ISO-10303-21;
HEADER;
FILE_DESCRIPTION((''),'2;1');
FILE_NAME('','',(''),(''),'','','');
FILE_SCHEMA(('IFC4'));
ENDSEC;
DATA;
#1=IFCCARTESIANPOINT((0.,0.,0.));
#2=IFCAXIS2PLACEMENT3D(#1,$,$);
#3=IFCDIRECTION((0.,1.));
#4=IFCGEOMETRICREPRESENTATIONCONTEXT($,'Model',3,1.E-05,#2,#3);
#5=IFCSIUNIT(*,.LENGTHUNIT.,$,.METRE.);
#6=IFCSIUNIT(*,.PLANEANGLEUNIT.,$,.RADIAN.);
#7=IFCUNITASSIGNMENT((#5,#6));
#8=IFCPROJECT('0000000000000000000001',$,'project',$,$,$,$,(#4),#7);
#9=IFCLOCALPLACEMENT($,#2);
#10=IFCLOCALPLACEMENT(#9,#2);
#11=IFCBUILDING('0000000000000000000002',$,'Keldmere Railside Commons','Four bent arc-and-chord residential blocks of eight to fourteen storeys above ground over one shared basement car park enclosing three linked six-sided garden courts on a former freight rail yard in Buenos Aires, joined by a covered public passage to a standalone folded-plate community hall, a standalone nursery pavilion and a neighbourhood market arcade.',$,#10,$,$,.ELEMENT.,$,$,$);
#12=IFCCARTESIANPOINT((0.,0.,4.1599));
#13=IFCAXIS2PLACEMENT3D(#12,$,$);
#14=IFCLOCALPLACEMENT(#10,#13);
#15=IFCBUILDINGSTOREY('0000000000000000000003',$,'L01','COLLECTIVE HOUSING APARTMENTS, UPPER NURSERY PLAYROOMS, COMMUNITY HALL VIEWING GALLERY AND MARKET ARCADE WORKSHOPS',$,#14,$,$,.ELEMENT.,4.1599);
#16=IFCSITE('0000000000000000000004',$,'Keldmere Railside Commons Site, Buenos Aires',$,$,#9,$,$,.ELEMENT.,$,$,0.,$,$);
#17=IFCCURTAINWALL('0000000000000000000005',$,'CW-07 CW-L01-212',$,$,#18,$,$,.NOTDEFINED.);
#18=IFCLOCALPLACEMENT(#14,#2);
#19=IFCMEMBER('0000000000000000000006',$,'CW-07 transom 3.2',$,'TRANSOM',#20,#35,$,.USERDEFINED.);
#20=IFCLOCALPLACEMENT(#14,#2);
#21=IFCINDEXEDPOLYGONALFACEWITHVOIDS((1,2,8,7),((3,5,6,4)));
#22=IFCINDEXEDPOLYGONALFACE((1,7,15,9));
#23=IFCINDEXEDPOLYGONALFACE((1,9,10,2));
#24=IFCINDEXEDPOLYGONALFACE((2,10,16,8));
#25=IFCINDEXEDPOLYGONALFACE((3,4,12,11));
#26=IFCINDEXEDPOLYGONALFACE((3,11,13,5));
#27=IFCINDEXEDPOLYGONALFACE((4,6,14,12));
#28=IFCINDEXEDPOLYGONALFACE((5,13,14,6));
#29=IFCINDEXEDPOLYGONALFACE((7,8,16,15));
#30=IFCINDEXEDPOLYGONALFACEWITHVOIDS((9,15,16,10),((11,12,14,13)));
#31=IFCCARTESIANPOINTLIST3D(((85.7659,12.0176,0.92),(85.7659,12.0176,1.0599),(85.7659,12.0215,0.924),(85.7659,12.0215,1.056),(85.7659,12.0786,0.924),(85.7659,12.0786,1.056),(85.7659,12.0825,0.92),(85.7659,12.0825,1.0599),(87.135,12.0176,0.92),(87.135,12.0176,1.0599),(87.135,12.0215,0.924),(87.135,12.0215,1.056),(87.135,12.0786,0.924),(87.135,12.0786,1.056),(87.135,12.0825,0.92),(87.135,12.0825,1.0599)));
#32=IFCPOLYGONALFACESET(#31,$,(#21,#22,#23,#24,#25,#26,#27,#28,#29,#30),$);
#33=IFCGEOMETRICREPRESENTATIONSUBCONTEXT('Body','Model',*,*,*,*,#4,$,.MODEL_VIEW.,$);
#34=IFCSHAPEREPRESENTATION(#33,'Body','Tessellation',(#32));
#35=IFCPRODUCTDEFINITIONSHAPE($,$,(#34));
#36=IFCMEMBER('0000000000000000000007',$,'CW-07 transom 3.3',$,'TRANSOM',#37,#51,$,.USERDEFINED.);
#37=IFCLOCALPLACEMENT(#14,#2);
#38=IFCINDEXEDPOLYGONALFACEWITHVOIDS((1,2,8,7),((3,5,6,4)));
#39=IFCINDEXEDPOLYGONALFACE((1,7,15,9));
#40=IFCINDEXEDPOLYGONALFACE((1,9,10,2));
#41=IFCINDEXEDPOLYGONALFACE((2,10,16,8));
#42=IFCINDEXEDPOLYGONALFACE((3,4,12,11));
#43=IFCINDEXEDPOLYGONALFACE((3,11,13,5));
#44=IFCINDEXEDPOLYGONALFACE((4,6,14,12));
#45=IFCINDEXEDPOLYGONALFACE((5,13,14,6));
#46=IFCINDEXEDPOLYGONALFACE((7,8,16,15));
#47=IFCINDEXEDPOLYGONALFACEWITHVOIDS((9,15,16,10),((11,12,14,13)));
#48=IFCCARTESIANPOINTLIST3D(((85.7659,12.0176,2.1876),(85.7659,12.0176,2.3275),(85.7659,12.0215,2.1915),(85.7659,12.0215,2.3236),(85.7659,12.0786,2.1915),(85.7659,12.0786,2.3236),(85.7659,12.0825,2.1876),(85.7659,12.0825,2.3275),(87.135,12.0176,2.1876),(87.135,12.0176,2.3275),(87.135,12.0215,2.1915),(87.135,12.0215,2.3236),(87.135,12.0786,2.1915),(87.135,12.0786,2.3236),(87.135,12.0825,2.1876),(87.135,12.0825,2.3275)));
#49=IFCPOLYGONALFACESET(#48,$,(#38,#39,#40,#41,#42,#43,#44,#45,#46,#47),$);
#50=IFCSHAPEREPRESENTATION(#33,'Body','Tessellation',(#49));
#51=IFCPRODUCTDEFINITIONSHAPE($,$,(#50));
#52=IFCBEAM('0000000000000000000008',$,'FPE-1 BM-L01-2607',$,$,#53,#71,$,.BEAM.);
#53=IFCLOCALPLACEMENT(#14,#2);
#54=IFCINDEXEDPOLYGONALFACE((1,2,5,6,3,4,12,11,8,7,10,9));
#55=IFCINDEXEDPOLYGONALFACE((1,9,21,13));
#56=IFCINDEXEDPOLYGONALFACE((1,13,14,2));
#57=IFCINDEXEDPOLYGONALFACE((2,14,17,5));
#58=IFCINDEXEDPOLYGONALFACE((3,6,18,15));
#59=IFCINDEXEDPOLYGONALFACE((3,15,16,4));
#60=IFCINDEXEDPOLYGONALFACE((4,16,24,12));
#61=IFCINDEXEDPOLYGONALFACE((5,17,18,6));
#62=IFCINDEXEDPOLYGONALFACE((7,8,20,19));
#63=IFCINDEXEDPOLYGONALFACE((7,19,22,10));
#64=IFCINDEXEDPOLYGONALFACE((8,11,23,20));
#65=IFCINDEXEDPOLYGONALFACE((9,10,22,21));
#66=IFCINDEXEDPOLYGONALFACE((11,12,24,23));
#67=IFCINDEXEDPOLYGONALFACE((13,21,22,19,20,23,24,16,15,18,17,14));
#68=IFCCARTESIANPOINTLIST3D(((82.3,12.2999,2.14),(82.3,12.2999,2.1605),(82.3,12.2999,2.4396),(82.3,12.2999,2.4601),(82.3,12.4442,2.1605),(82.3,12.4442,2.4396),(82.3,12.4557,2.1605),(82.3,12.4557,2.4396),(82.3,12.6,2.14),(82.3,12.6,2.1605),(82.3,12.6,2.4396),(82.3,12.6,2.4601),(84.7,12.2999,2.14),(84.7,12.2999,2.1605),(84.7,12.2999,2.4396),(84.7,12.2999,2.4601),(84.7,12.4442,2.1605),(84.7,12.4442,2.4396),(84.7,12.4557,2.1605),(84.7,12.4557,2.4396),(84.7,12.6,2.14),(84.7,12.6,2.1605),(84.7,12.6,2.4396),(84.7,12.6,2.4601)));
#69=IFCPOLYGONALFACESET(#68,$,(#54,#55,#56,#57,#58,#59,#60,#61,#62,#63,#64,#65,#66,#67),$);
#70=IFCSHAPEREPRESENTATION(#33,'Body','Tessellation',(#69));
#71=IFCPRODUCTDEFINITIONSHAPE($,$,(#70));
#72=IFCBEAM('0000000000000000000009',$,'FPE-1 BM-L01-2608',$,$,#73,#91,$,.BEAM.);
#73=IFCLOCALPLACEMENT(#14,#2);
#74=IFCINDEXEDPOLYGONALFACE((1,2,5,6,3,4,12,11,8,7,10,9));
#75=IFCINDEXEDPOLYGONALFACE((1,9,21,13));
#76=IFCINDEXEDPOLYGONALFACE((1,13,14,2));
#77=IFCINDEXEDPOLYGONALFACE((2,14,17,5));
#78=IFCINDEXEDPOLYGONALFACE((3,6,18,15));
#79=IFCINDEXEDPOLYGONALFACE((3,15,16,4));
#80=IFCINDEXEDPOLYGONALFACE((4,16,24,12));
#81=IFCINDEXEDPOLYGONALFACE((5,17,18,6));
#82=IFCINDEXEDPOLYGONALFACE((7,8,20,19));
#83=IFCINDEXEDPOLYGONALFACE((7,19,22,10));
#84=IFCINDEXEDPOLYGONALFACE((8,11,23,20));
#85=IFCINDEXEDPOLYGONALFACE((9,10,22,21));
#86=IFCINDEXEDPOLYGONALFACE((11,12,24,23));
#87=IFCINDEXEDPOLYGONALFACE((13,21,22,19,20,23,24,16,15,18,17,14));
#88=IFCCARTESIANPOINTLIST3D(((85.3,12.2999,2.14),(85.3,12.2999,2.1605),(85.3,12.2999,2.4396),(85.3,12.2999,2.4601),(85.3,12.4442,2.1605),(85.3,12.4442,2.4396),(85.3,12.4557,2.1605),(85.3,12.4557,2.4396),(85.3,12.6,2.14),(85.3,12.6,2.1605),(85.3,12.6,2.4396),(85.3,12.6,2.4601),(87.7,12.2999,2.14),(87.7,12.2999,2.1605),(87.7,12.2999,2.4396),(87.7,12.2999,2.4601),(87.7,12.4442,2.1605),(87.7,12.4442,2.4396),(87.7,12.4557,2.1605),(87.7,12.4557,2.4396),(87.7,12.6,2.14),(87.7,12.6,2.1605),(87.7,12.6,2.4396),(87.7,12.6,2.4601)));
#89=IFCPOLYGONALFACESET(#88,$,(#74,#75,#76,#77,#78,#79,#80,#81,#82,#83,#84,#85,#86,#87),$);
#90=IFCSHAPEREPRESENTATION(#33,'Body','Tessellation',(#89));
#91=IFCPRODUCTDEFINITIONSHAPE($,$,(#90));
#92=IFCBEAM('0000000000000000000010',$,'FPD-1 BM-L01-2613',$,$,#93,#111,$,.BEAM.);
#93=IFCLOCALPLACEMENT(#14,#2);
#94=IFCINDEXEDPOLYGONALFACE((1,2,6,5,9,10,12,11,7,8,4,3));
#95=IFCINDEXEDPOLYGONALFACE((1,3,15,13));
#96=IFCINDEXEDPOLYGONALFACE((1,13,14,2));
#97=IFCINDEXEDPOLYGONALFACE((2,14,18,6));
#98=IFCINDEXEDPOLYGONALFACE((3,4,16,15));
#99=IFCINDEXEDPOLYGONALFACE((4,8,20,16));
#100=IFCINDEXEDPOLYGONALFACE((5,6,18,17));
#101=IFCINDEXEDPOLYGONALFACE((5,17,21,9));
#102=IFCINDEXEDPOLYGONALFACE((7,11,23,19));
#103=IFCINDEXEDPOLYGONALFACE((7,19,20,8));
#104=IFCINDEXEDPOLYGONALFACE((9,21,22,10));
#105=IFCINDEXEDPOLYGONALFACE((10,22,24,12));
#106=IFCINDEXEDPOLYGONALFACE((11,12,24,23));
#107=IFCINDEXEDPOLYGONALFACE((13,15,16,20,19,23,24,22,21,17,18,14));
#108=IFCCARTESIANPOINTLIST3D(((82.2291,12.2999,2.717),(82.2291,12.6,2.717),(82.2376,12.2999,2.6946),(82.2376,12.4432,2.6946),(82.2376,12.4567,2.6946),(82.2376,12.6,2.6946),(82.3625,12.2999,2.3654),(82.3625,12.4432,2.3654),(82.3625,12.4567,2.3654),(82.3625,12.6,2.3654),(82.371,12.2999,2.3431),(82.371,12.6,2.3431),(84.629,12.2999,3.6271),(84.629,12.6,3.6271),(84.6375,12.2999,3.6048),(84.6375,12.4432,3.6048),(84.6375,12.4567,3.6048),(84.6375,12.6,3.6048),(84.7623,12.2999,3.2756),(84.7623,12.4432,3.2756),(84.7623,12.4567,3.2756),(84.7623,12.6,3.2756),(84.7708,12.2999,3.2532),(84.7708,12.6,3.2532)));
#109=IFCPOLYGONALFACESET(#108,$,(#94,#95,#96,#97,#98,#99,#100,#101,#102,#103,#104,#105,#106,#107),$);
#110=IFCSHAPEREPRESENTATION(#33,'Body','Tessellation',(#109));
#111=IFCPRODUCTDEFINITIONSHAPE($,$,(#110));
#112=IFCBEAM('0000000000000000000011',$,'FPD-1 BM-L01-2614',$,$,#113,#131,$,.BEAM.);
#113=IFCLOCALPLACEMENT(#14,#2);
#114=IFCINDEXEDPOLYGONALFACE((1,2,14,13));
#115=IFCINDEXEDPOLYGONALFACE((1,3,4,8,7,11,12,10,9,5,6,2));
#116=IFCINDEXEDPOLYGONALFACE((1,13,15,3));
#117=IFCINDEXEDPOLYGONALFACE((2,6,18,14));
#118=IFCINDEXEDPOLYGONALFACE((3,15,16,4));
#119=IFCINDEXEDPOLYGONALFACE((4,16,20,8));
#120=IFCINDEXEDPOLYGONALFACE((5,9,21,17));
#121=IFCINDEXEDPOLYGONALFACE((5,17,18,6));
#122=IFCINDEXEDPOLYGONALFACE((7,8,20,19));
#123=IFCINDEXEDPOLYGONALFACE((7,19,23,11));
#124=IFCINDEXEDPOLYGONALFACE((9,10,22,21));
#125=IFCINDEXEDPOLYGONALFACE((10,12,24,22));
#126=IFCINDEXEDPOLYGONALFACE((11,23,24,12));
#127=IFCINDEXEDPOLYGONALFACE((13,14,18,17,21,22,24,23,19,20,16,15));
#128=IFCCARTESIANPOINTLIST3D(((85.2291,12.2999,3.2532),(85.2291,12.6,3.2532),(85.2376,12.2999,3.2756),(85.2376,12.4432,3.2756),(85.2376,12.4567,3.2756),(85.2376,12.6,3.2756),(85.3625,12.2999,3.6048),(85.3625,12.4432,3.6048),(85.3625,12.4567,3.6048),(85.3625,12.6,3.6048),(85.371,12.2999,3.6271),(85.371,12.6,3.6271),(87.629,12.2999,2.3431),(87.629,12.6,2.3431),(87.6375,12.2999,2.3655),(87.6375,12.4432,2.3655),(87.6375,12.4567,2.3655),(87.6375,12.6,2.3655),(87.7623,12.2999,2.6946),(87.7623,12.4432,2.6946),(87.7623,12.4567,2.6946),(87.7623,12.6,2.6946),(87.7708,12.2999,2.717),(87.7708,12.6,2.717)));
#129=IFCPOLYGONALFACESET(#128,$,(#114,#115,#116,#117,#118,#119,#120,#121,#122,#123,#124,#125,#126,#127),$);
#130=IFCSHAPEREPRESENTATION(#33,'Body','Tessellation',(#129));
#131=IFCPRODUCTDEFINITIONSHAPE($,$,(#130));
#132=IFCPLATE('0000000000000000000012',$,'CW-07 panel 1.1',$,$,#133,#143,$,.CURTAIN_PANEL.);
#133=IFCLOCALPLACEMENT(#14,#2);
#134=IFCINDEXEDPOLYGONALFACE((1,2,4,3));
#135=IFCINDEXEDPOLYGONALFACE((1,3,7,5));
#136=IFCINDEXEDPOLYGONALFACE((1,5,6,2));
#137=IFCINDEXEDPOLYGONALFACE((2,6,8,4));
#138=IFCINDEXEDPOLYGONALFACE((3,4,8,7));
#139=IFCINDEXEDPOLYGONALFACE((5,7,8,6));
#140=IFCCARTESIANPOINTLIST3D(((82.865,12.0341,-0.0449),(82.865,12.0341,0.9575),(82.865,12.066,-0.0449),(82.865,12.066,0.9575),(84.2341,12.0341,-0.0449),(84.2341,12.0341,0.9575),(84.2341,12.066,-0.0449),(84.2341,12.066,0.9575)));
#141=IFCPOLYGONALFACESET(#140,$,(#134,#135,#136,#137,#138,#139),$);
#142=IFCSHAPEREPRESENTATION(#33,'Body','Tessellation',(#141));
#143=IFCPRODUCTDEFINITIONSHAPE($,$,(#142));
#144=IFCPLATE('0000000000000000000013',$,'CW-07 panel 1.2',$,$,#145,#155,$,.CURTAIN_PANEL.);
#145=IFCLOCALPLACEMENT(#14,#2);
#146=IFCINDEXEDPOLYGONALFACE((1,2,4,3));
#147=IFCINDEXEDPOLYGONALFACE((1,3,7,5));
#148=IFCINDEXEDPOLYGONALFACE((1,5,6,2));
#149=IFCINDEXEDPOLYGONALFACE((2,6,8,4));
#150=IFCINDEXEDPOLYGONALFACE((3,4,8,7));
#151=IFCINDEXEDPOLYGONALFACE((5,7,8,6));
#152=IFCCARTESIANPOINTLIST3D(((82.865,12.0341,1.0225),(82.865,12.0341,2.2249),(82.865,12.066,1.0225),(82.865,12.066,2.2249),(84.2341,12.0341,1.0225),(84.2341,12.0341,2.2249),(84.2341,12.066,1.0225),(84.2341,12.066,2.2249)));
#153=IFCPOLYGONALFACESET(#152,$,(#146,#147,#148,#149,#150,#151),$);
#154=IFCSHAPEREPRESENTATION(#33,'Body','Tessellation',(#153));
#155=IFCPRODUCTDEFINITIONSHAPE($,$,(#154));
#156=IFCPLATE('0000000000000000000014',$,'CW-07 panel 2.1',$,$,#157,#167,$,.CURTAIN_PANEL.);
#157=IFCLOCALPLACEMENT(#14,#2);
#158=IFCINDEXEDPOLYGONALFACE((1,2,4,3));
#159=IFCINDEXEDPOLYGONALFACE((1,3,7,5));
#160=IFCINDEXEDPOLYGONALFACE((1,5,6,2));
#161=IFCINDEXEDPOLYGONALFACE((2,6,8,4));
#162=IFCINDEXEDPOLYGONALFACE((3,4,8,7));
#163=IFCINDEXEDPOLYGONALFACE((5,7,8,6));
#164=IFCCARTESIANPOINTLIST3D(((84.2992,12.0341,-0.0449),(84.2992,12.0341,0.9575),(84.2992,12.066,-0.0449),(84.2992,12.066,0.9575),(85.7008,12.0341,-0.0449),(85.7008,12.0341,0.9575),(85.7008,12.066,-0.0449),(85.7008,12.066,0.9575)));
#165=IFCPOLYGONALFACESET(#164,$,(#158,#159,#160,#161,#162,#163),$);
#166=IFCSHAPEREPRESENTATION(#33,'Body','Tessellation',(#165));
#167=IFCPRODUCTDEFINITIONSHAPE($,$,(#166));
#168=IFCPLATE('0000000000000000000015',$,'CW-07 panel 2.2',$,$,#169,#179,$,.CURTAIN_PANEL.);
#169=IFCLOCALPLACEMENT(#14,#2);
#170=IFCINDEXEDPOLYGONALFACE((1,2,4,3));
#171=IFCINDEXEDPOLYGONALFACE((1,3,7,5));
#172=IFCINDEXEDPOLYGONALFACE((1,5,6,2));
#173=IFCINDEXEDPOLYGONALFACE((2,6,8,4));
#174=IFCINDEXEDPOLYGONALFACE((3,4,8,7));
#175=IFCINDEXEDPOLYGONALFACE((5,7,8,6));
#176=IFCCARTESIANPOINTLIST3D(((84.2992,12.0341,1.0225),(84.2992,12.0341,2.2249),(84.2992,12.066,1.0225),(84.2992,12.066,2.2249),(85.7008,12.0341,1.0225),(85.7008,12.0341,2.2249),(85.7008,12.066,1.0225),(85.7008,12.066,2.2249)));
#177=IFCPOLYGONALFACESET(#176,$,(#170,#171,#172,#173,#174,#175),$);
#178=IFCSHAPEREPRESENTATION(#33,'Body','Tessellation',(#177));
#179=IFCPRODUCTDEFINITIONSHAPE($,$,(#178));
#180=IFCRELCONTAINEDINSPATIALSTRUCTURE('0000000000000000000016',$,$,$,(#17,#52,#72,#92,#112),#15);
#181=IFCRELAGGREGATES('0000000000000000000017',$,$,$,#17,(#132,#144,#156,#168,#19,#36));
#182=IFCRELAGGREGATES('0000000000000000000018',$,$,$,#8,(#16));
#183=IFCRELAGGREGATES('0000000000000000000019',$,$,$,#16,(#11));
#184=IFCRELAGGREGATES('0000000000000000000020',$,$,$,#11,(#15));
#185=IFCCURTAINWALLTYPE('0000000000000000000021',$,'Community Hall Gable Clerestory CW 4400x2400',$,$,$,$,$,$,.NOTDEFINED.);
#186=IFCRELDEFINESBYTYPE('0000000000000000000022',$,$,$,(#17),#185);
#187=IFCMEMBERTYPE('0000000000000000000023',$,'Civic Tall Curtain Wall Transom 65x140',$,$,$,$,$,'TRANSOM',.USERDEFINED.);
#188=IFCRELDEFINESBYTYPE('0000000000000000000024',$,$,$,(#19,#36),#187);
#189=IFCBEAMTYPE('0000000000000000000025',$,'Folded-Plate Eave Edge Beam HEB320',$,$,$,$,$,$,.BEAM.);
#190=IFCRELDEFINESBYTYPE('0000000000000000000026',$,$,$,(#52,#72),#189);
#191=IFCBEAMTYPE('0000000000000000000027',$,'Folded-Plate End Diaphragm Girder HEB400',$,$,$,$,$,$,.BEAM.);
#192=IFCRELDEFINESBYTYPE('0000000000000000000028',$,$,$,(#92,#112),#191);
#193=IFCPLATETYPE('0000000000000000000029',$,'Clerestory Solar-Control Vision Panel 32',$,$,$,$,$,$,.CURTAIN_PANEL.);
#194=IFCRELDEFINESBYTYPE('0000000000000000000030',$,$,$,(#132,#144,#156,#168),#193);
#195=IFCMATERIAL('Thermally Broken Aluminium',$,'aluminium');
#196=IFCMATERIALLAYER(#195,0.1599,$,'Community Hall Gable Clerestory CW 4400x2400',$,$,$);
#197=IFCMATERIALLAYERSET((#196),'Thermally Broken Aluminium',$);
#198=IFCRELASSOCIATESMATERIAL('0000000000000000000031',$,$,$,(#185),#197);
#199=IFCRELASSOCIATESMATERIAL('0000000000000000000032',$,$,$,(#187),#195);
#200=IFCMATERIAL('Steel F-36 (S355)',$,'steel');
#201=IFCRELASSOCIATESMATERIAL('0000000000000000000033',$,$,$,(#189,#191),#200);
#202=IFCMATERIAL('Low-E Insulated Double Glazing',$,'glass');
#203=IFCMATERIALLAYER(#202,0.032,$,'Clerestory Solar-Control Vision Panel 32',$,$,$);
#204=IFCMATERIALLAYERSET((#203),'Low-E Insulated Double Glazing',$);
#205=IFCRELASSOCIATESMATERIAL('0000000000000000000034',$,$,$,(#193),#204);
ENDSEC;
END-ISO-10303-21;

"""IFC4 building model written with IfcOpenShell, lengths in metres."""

from ifc_helpers import new_model, si_unit, direction, frame, origin, origin_2d, place, context, subcontext, project, spatial, rectangle, hollow_rectangle, i_section, extrude, material, layer, layer_set, material_profile, profile_set, type_object, element, aggregate, save


model = new_model("IFC4")

# Units and contexts
model_context = context("Model", 3, precision=1e-05, world=origin(), true_north=direction((0.0, 1.0)))
body_context = subcontext(model_context, "Body", "Model", "MODEL_VIEW")
ifc_project = project(units=[si_unit("LENGTHUNIT", "METRE"), si_unit("PLANEANGLEUNIT", "RADIAN")], contexts=[model_context])

# Site, building, storey
site_placement = place(None, origin())
site = spatial("IfcSite", under=ifc_project, at=site_placement, Name="Keldmere Railside Commons Site, Buenos Aires", CompositionType="ELEMENT", RefElevation=0.0)
building_placement = place(site_placement, origin())
building = spatial("IfcBuilding", under=site, at=building_placement, Name="Keldmere Railside Commons", Description="Four bent arc-and-chord residential blocks of eight to fourteen storeys above ground over one shared basement car park enclosing three linked six-sided garden courts on a former freight rail yard in Buenos Aires, joined by a covered public passage to a standalone folded-plate community hall, a standalone nursery pavilion and a neighbourhood market arcade.", CompositionType="ELEMENT")
storey_placement = place(building_placement, frame((0.0, 0.0, 4.1599)))
storey = spatial("IfcBuildingStorey", under=building, at=storey_placement, Name="L01", Description="COLLECTIVE HOUSING APARTMENTS, UPPER NURSERY PLAYROOMS, COMMUNITY HALL VIEWING GALLERY AND MARKET ARCADE WORKSHOPS", CompositionType="ELEMENT", Elevation=4.1599)

# Curtain wall, members
ifc_material_1 = material(Name="Thermally Broken Aluminium", Category="aluminium")
ifc_layer_1 = layer(ifc_material_1, 0.1599, Name="Community Hall Gable Clerestory CW 4400x2400")
ifc_layer_set_1 = layer_set([ifc_layer_1], Name="Thermally Broken Aluminium")
curtain_wall_type = type_object("IfcCurtainWallType", Name="Community Hall Gable Clerestory CW 4400x2400", PredefinedType="NOTDEFINED", material=ifc_layer_set_1)
curtain_wall_placement = place(storey_placement, origin())
curtain_wall = element("IfcCurtainWall", 1, at=curtain_wall_placement, inside=storey, type_object=curtain_wall_type, Name="CW-07 CW-L01-212", PredefinedType="NOTDEFINED")
ifc_material_profile_1 = material_profile(ifc_material_1, hollow_rectangle(XDim=0.0649, YDim=0.1399, WallThickness=0.0039, at=origin_2d()), Name="ALU-TRAN-65x140")
ifc_profile_set_1 = profile_set([ifc_material_profile_1], Name="Thermally Broken Aluminium")
member_type_1 = type_object("IfcMemberType", Name="Civic Tall Curtain Wall Transom 65x140", ElementType="TRANSOM", PredefinedType="USERDEFINED", material=ifc_profile_set_1)
member_1_placement = place(storey_placement, frame((85.7659, 12.05, 0.99), z_axis=(1.0, 0.0, 0.0), x_axis=(0.0, 1.0, 0.0)))
member_1 = element("IfcMember", 2, at=member_1_placement, type_object=member_type_1, Name="CW-07 transom 3.2", ObjectType="TRANSOM", PredefinedType="USERDEFINED", context=body_context, shape_type="SweptSolid", body=[
    extrude(hollow_rectangle(XDim=0.0649, YDim=0.1399, WallThickness=0.0039, at=origin_2d()), origin(), (0.0, 0.0, 1.0), 1.3691),
])
member_2_placement = place(storey_placement, frame((85.7659, 12.05, 2.2576), z_axis=(1.0, 0.0, 0.0), x_axis=(0.0, 1.0, 0.0)))
member_2 = element("IfcMember", 3, at=member_2_placement, type_object=member_type_1, Name="CW-07 transom 3.3", ObjectType="TRANSOM", PredefinedType="USERDEFINED", context=body_context, shape_type="SweptSolid", body=[
    extrude(hollow_rectangle(XDim=0.0649, YDim=0.1399, WallThickness=0.0039, at=origin_2d()), origin(), (0.0, 0.0, 1.0), 1.3691),
])

# Beams
ifc_material_2 = material(Name="Steel F-36 (S355)", Category="steel")
ifc_material_profile_2 = material_profile(ifc_material_2, i_section(OverallWidth=0.3, OverallDepth=0.3201, WebThickness=0.0115, FlangeThickness=0.0205, at=origin_2d()), Name="HEB-320")
ifc_profile_set_2 = profile_set([ifc_material_profile_2], Name="Steel F-36 (S355)")
beam_type_1 = type_object("IfcBeamType", Name="Folded-Plate Eave Edge Beam HEB320", PredefinedType="BEAM", material=ifc_profile_set_2)
for number, where, z_axis, x_axis, name in (
    (4, (82.3, 12.45, 2.3), (1.0, 0.0, 0.0), (0.0, 1.0, 0.0), "FPE-1 BM-L01-2607"),
    (5, (85.3, 12.45, 2.3), (1.0, 0.0, 0.0), (0.0, 1.0, 0.0), "FPE-1 BM-L01-2608"),
):
    element("IfcBeam", number, at=place(storey_placement, frame(where, z_axis=z_axis, x_axis=x_axis)), inside=storey, type_object=beam_type_1, Name=name, PredefinedType="BEAM", context=body_context, shape_type="SweptSolid", body=[
        extrude(i_section(OverallWidth=0.3, OverallDepth=0.3201, WebThickness=0.0115, FlangeThickness=0.0205, at=origin_2d()), origin(), (0.0, 0.0, 1.0), 2.3999),
    ])
ifc_material_profile_3 = material_profile(ifc_material_2, i_section(OverallWidth=0.3, OverallDepth=0.3999, WebThickness=0.0134, FlangeThickness=0.0239, at=origin_2d()), Name="HEB-400")
ifc_profile_set_3 = profile_set([ifc_material_profile_3], Name="Steel F-36 (S355)")
beam_type_2 = type_object("IfcBeamType", Name="Folded-Plate End Diaphragm Girder HEB400", PredefinedType="BEAM", material=ifc_profile_set_3)
for number, where, z_axis, x_axis, name in (
    (6, (82.3, 12.45, 2.53), (0.935017, 0.0, 0.354603), (0.0, 1.0, 0.0), "FPD-1 BM-L01-2613"),
    (7, (85.3, 12.45, 3.4402), (0.935017, 0.0, -0.354603), (0.0, 1.0, 0.0), "FPD-1 BM-L01-2614"),
):
    element("IfcBeam", number, at=place(storey_placement, frame(where, z_axis=z_axis, x_axis=x_axis)), inside=storey, type_object=beam_type_2, Name=name, PredefinedType="BEAM", context=body_context, shape_type="SweptSolid", body=[
        extrude(i_section(OverallWidth=0.3, OverallDepth=0.3999, WebThickness=0.0134, FlangeThickness=0.0239, at=origin_2d()), origin(), (0.0, 0.0, 1.0), 2.5667),
    ])

# Plates
ifc_material_3 = material(Name="Low-E Insulated Double Glazing", Category="glass")
ifc_layer_2 = layer(ifc_material_3, 0.032, Name="Clerestory Solar-Control Vision Panel 32")
ifc_layer_set_2 = layer_set([ifc_layer_2], Name="Low-E Insulated Double Glazing")
plate_type = type_object("IfcPlateType", Name="Clerestory Solar-Control Vision Panel 32", PredefinedType="CURTAIN_PANEL", material=ifc_layer_set_2)
plate_1_placement = place(storey_placement, frame((83.5496, 12.05, -0.0449), z_axis=(0.0, 0.0, 1.0), x_axis=(1.0, 0.0, 0.0)))
plate_1 = element("IfcPlate", 8, at=plate_1_placement, type_object=plate_type, Name="CW-07 panel 1.1", PredefinedType="CURTAIN_PANEL", context=body_context, shape_type="SweptSolid", body=[
    extrude(rectangle(XDim=1.3691, YDim=0.032, at=origin_2d()), origin(), (0.0, 0.0, 1.0), 1.0024),
])
plate_2_placement = place(storey_placement, frame((83.5496, 12.05, 1.0225), z_axis=(0.0, 0.0, 1.0), x_axis=(1.0, 0.0, 0.0)))
plate_2 = element("IfcPlate", 9, at=plate_2_placement, type_object=plate_type, Name="CW-07 panel 1.2", PredefinedType="CURTAIN_PANEL", context=body_context, shape_type="SweptSolid", body=[
    extrude(rectangle(XDim=1.3691, YDim=0.032, at=origin_2d()), origin(), (0.0, 0.0, 1.0), 1.2024),
])
plate_3_placement = place(storey_placement, frame((85.0, 12.05, -0.0449), z_axis=(0.0, 0.0, 1.0), x_axis=(1.0, 0.0, 0.0)))
plate_3 = element("IfcPlate", 10, at=plate_3_placement, type_object=plate_type, Name="CW-07 panel 2.1", PredefinedType="CURTAIN_PANEL", context=body_context, shape_type="SweptSolid", body=[
    extrude(rectangle(XDim=1.4016, YDim=0.032, at=origin_2d()), origin(), (0.0, 0.0, 1.0), 1.0024),
])
plate_4_placement = place(storey_placement, frame((85.0, 12.05, 1.0225), z_axis=(0.0, 0.0, 1.0), x_axis=(1.0, 0.0, 0.0)))
plate_4 = element("IfcPlate", 11, at=plate_4_placement, type_object=plate_type, Name="CW-07 panel 2.2", PredefinedType="CURTAIN_PANEL", context=body_context, shape_type="SweptSolid", body=[
    extrude(rectangle(XDim=1.4016, YDim=0.032, at=origin_2d()), origin(), (0.0, 0.0, 1.0), 1.2024),
])
aggregate(curtain_wall, [plate_1, plate_2, plate_3, plate_4, member_1, member_2])

save(model, "model.ifc")
